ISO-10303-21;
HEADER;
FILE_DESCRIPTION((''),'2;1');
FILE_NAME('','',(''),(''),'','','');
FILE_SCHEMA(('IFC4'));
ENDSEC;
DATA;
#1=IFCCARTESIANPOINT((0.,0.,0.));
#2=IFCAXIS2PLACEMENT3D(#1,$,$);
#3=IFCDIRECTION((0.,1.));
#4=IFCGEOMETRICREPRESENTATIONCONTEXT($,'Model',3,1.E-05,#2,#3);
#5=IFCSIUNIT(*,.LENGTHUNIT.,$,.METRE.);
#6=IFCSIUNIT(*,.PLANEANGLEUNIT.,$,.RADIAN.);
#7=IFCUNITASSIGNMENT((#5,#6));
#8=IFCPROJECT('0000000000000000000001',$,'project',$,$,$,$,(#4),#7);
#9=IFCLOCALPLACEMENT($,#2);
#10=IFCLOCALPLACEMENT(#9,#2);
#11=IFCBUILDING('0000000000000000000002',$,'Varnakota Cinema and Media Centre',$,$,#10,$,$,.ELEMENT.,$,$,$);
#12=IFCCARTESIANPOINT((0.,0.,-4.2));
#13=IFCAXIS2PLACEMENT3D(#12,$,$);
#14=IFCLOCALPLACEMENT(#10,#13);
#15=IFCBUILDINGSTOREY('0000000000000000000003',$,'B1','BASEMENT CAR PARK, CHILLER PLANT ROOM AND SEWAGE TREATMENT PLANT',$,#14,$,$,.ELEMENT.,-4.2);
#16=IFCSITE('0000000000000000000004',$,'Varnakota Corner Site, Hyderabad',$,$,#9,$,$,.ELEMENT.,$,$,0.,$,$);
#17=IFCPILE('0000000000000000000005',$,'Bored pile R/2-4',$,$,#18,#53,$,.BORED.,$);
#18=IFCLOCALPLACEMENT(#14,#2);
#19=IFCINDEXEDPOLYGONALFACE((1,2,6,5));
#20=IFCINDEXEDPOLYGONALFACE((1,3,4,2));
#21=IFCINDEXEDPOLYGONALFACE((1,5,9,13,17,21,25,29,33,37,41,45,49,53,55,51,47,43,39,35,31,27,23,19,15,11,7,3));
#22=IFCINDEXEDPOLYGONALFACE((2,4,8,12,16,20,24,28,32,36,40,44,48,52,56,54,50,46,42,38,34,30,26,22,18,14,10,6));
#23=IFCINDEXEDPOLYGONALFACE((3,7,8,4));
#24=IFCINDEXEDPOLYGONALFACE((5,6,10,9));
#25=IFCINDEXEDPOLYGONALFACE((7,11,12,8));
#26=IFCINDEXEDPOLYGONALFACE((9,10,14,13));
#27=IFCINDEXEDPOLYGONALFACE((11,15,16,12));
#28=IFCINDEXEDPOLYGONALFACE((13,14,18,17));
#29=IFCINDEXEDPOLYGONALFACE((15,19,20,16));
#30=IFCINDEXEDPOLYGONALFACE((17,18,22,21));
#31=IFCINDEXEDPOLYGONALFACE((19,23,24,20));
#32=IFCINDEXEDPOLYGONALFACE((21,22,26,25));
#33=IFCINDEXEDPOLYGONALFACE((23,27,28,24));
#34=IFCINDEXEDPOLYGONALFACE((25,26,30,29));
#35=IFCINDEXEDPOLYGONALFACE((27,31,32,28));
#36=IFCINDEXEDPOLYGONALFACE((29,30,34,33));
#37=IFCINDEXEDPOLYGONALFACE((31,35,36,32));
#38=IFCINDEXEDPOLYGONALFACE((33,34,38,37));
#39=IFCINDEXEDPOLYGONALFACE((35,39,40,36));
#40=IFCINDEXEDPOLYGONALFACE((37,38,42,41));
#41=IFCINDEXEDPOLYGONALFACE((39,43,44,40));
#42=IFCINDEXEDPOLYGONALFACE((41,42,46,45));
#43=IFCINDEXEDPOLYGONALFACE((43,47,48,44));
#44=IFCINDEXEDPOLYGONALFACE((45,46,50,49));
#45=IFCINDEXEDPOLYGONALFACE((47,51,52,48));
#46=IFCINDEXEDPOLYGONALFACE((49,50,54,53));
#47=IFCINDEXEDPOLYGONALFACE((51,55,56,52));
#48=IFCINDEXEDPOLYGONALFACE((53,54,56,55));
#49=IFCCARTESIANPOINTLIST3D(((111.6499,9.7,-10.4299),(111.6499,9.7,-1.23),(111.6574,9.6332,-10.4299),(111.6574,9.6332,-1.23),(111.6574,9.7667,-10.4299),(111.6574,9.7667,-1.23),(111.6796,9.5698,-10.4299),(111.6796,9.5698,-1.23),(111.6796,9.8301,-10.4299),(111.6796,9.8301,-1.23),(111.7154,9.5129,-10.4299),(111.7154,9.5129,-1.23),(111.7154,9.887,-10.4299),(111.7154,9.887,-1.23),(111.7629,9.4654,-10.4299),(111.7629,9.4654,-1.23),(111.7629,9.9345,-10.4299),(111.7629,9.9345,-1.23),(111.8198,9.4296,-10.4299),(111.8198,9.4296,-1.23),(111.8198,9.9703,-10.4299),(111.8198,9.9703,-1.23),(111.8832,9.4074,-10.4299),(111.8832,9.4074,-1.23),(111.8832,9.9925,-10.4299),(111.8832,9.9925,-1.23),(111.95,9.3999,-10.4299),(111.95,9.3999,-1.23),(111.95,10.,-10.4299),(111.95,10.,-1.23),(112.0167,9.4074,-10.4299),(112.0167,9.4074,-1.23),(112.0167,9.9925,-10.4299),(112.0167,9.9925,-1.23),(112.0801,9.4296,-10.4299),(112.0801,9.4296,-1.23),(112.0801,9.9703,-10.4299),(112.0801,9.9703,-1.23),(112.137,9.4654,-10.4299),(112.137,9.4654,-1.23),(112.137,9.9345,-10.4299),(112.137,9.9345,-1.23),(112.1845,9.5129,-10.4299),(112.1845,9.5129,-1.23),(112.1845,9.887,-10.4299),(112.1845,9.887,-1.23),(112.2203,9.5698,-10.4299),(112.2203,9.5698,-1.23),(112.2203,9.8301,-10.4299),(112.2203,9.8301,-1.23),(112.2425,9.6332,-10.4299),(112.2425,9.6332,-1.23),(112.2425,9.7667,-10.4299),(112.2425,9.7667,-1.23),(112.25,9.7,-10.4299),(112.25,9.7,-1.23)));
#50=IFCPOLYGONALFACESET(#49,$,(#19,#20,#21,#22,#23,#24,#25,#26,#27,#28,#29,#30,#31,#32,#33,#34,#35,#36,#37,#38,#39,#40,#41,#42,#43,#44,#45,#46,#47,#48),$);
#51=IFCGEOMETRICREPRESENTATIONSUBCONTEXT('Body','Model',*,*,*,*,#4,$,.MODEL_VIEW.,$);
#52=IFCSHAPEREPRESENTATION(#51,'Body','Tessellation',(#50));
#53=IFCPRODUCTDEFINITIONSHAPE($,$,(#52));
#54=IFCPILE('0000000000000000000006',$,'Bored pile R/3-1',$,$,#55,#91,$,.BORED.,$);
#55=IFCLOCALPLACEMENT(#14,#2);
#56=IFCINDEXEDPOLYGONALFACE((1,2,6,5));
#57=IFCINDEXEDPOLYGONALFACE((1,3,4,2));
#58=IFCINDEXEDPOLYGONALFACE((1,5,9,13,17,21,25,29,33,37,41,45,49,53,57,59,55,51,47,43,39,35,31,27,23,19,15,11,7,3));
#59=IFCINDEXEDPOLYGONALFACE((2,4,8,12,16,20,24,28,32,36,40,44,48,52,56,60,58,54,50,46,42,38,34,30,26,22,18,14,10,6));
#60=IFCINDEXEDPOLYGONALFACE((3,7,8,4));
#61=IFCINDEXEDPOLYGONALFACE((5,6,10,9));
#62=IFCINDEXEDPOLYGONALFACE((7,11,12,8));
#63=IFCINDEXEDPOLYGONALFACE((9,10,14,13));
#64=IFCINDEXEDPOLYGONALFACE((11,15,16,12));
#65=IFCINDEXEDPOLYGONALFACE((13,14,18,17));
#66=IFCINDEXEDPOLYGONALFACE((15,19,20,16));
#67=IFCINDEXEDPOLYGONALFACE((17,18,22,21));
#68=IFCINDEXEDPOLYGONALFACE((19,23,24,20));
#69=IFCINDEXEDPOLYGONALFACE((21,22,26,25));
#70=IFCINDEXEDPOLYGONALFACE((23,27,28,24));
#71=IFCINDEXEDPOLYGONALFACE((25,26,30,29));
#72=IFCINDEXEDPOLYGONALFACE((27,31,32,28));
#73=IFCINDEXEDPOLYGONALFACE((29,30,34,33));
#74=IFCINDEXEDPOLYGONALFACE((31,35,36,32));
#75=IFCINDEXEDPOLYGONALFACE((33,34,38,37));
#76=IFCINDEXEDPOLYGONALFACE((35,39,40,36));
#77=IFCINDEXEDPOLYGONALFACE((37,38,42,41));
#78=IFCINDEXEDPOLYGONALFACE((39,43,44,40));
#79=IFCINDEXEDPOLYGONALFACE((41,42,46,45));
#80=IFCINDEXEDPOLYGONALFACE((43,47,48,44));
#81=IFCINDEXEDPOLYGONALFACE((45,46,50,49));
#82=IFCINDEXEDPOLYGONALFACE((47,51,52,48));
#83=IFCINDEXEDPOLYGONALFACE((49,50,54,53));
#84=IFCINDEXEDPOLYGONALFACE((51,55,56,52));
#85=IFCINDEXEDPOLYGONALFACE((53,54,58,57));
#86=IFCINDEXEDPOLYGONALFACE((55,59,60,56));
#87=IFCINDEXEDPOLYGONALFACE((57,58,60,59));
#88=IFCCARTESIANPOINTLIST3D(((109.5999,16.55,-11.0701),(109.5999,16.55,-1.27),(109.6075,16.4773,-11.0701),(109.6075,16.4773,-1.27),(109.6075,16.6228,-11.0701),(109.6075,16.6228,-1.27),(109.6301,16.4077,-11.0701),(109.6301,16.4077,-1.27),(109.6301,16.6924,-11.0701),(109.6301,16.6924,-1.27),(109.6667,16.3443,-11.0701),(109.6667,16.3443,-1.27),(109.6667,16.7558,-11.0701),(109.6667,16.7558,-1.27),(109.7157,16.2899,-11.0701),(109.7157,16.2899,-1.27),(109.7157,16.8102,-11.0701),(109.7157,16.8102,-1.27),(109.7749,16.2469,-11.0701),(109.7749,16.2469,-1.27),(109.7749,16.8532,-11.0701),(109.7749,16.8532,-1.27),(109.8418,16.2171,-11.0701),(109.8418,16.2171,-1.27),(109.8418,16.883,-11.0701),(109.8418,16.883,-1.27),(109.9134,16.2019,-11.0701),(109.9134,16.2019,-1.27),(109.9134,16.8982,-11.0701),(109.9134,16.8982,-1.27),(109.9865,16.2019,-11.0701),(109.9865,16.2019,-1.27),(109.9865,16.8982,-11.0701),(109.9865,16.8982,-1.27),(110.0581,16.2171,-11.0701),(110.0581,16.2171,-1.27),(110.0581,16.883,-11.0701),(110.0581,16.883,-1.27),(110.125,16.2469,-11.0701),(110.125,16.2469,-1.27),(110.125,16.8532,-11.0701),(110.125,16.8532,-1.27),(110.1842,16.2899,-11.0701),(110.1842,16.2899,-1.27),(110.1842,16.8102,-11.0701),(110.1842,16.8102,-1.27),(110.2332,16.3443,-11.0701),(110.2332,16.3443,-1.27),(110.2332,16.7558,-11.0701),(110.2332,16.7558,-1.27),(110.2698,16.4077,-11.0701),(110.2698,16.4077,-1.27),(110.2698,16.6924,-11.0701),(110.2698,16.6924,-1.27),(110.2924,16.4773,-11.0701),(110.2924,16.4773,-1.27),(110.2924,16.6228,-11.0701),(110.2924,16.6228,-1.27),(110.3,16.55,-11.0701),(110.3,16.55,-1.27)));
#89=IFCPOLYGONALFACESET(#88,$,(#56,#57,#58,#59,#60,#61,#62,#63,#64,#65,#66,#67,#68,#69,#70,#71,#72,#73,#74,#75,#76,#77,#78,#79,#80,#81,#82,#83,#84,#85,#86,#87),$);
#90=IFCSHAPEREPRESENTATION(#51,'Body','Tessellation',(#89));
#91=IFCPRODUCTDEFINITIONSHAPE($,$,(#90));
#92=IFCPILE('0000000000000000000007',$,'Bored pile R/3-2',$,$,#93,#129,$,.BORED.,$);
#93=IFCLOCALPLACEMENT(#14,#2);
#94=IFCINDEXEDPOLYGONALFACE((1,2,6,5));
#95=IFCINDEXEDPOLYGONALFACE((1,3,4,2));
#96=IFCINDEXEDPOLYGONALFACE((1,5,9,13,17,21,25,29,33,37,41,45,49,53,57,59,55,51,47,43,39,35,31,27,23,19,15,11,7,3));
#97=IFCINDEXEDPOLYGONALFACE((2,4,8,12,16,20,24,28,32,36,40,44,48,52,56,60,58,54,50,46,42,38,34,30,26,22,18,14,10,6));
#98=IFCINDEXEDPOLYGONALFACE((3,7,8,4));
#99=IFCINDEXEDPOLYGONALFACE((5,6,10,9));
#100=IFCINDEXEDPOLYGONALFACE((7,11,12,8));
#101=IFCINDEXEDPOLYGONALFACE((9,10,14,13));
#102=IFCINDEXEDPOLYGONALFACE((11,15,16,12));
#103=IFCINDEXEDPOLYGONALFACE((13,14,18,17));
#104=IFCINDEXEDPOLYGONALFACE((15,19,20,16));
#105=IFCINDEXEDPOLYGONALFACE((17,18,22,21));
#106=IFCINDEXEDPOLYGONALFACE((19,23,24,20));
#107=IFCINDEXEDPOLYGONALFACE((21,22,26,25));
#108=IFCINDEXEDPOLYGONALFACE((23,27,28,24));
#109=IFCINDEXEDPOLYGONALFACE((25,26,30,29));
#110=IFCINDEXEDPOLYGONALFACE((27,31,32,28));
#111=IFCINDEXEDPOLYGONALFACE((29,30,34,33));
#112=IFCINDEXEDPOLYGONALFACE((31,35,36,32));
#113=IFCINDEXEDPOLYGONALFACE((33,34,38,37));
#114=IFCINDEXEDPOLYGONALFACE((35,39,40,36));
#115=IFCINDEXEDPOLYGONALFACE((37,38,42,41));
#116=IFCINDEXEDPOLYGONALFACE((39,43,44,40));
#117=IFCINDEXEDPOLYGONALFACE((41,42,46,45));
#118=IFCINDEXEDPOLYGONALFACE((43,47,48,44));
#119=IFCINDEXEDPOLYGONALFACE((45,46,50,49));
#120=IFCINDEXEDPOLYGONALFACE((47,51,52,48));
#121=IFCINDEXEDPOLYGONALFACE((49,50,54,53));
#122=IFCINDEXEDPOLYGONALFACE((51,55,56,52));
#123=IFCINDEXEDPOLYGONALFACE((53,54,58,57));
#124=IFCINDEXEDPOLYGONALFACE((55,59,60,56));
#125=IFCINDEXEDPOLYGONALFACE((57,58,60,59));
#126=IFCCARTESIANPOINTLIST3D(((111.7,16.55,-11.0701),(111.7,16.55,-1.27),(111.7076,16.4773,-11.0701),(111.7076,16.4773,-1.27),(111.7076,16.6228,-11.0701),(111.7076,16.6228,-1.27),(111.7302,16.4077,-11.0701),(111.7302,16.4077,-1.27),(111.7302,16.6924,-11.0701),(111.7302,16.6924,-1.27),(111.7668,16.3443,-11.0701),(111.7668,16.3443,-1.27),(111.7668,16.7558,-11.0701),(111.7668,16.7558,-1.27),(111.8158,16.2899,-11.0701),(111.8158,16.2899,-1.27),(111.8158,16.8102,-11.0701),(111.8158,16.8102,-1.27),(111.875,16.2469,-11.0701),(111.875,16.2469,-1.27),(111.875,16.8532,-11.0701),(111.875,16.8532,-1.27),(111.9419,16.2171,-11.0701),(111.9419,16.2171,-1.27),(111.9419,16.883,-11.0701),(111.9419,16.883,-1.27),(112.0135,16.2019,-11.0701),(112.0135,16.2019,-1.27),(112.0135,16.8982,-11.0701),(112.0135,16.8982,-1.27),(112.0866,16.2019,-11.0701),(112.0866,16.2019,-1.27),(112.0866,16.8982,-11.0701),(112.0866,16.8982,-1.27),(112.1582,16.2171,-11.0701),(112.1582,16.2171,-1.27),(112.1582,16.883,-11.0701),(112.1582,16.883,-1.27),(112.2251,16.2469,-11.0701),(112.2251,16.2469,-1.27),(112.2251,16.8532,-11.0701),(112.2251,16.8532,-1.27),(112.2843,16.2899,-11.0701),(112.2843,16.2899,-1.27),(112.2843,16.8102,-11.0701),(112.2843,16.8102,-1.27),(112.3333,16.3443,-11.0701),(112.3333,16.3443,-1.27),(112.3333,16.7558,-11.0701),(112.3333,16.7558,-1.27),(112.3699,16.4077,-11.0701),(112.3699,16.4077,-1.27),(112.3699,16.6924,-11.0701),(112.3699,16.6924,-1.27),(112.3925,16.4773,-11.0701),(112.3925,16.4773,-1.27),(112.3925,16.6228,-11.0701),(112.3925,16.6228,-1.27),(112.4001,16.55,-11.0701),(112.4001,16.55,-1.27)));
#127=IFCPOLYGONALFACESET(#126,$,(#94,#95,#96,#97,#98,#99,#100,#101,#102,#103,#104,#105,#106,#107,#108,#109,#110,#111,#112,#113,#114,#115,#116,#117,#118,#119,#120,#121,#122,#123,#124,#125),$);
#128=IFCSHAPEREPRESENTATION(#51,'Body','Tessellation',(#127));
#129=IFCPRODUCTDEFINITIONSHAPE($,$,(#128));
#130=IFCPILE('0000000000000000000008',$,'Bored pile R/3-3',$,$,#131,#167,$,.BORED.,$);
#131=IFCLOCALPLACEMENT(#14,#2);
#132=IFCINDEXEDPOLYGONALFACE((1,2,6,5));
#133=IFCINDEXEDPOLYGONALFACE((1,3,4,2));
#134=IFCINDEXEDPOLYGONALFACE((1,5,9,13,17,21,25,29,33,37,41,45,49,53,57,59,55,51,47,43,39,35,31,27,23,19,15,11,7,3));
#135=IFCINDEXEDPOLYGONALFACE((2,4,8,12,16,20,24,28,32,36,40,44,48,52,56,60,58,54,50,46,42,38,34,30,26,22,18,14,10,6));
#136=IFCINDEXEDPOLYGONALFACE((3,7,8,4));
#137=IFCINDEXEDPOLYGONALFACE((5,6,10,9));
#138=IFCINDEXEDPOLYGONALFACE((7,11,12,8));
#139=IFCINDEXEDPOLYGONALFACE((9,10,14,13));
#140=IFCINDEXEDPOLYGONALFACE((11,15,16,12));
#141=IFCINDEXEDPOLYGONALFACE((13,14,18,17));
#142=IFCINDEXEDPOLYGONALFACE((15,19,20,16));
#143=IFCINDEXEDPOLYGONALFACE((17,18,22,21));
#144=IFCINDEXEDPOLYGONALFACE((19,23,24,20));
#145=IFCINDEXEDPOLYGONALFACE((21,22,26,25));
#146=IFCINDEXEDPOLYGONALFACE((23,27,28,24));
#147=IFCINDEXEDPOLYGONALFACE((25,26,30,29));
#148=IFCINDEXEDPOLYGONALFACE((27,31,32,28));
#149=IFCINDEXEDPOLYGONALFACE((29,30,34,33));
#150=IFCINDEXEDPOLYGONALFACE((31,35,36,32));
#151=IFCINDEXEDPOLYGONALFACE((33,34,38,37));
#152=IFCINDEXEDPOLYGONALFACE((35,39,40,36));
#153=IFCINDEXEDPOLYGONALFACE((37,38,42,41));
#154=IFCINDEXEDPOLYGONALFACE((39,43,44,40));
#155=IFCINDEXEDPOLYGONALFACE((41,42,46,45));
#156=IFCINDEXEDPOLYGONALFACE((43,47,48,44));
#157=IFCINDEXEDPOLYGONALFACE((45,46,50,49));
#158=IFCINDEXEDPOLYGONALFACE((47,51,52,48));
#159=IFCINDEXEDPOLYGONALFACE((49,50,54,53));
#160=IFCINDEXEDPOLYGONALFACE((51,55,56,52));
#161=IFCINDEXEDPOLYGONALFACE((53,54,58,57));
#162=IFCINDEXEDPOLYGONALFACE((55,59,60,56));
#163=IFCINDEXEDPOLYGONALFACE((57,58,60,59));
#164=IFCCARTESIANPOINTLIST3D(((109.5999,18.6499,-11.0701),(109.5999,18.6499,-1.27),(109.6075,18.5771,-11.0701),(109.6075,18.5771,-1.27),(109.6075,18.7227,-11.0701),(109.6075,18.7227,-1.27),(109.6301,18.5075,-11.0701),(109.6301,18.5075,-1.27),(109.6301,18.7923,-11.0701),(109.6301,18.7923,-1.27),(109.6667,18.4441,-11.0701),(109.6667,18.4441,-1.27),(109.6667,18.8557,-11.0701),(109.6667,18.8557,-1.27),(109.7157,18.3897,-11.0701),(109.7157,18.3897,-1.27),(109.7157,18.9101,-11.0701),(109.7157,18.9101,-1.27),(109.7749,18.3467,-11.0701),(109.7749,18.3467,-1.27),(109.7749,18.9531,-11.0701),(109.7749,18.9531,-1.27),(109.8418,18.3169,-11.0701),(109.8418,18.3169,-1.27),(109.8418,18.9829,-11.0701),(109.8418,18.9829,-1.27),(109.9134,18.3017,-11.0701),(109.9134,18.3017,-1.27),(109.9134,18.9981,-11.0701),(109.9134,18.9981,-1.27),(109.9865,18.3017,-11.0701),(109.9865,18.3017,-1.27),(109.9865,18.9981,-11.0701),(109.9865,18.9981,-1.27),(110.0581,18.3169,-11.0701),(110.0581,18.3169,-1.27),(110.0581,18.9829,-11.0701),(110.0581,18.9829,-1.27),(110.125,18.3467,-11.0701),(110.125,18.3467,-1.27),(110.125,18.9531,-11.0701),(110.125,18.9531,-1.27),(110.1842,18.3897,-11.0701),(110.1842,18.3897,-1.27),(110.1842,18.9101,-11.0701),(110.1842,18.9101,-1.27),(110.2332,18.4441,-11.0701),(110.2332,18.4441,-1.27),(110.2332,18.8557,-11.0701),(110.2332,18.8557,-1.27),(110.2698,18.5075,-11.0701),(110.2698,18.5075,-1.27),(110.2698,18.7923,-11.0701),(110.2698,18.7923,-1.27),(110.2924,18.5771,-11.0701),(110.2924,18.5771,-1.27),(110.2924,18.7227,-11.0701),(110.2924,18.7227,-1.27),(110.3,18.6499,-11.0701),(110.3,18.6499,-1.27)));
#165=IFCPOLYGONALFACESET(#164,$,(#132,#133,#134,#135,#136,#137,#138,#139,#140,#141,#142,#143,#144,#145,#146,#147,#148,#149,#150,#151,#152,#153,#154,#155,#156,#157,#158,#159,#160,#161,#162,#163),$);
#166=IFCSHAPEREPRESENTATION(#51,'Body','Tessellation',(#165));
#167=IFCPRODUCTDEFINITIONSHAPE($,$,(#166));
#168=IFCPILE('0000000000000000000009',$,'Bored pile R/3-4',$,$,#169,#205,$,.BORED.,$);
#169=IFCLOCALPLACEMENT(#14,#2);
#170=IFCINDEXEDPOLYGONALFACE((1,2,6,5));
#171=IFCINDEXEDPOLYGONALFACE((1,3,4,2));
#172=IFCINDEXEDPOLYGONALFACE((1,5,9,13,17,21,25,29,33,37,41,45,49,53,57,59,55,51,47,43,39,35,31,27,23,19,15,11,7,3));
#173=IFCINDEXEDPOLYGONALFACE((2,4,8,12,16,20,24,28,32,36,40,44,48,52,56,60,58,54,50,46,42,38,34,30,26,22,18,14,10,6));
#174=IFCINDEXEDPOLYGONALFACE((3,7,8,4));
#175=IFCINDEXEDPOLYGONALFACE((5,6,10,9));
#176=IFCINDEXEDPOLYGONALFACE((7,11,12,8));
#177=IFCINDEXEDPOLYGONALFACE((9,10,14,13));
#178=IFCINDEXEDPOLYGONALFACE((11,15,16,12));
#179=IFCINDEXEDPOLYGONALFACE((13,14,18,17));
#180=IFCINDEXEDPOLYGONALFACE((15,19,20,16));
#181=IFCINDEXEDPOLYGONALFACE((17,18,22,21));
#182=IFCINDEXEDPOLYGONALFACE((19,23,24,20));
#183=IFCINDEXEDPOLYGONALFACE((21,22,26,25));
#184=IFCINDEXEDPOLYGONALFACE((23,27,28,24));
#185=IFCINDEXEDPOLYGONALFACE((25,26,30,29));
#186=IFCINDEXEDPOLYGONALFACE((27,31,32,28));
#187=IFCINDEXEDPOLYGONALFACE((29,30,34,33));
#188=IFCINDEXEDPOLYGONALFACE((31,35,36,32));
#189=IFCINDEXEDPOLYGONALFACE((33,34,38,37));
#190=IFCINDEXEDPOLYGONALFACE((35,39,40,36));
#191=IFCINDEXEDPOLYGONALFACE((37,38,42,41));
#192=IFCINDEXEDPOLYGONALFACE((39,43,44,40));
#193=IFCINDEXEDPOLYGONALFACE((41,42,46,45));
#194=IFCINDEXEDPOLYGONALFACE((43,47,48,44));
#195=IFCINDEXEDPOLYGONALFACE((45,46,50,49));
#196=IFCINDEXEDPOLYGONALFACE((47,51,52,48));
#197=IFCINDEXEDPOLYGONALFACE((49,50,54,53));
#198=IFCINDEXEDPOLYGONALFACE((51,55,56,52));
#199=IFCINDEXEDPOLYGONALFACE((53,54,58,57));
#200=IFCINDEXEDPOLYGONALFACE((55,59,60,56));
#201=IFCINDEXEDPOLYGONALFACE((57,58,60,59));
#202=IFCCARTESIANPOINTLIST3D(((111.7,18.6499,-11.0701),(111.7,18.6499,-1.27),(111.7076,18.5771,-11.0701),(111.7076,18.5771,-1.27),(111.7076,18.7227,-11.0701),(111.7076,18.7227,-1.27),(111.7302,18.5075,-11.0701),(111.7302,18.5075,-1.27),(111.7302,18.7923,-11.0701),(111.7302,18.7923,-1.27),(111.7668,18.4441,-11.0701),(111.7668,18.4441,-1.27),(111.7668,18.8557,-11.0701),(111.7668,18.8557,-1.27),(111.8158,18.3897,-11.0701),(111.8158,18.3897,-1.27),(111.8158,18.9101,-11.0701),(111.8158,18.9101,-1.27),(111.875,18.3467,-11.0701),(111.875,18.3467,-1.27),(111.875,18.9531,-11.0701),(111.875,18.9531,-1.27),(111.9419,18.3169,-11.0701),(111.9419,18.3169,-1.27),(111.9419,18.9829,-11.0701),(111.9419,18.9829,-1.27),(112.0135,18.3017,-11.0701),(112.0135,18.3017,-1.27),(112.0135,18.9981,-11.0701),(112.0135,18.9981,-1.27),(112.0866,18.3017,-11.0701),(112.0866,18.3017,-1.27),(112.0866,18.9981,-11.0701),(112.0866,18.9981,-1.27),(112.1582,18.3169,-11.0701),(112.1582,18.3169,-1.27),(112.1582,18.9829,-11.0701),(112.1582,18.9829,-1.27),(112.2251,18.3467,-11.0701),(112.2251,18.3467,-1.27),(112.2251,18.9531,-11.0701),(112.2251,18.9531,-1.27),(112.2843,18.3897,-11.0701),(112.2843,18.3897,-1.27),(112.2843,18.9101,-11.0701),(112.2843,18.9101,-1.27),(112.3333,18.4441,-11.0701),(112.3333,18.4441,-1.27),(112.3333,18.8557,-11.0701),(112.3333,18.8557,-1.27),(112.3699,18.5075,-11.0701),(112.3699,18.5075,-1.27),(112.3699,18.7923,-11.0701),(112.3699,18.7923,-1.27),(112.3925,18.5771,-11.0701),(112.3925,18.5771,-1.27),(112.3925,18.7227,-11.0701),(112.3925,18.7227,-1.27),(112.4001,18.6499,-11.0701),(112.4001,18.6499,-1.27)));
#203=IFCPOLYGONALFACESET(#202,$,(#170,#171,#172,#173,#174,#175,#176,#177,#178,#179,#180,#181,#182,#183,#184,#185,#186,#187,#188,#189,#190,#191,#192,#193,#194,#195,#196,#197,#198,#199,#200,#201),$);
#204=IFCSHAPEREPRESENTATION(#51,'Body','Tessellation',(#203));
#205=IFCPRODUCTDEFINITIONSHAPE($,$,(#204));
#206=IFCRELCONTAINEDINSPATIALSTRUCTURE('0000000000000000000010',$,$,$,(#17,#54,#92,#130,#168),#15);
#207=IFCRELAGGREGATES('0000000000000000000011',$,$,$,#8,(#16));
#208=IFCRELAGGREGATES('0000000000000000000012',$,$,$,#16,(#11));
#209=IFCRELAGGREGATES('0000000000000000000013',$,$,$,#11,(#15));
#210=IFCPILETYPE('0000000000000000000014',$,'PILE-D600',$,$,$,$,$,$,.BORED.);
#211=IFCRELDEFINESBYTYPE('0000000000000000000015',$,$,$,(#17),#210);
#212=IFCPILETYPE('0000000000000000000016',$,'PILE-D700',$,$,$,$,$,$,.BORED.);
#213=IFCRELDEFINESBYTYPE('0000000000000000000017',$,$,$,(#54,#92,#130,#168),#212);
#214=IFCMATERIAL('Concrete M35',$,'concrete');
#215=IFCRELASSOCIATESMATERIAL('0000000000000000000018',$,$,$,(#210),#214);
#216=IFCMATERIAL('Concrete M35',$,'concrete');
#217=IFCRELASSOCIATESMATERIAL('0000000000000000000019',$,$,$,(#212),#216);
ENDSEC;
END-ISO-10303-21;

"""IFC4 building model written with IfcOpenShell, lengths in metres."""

from ifc_helpers import new_model, si_unit, direction, frame, origin, origin_2d, place, context, subcontext, project, spatial, circle, extrude, material, material_profile, profile_set, type_object, element, save


model = new_model("IFC4")

# Units and contexts
model_context = context("Model", 3, precision=1e-05, world=origin(), true_north=direction((0.0, 1.0)))
body_context = subcontext(model_context, "Body", "Model", "MODEL_VIEW")
ifc_project = project(units=[si_unit("LENGTHUNIT", "METRE"), si_unit("PLANEANGLEUNIT", "RADIAN")], contexts=[model_context])

# Site, building, storey
site_placement = place(None, origin())
site = spatial("IfcSite", under=ifc_project, at=site_placement, Name="Varnakota Corner Site, Hyderabad", CompositionType="ELEMENT", RefElevation=0.0)
building_placement = place(site_placement, origin())
building = spatial("IfcBuilding", under=site, at=building_placement, Name="Varnakota Cinema and Media Centre", CompositionType="ELEMENT")
storey_placement = place(building_placement, frame((0.0, 0.0, -4.2)))
storey = spatial("IfcBuildingStorey", under=building, at=storey_placement, Name="B1", Description="BASEMENT CAR PARK, CHILLER PLANT ROOM AND SEWAGE TREATMENT PLANT", CompositionType="ELEMENT", Elevation=-4.2)

# Piles
ifc_material_1 = material(Name="Concrete M35", Category="concrete")
ifc_material_profile_1 = material_profile(ifc_material_1, circle(Radius=0.3, at=origin_2d()), Name="PILE D600")
ifc_profile_set_1 = profile_set([ifc_material_profile_1], Name="Concrete M35")
pile_type_1 = type_object("IfcPileType", Name="PILE-D600", PredefinedType="BORED", material=ifc_profile_set_1)
for number, where, z_axis, x_axis, name in (
    (1, (111.95, 9.7, -1.23), (0.0, 0.0, -1.0), (1.0, 0.0, 0.0), "Bored pile R/2-4"),
):
    element("IfcPile", number, at=place(storey_placement, frame(where, z_axis=z_axis, x_axis=x_axis)), inside=storey, type_object=pile_type_1, Name=name, PredefinedType="BORED", context=body_context, shape_type="SweptSolid", body=[
        extrude(circle(Radius=0.3, at=origin_2d()), origin(), (0.0, 0.0, 1.0), 9.2),
    ])
ifc_material_2 = material(Name="Concrete M35", Category="concrete")
ifc_material_profile_2 = material_profile(ifc_material_2, circle(Radius=0.3501, at=origin_2d()), Name="PILE D700")
ifc_profile_set_2 = profile_set([ifc_material_profile_2], Name="Concrete M35")
pile_type_2 = type_object("IfcPileType", Name="PILE-D700", PredefinedType="BORED", material=ifc_profile_set_2)
for number, where, z_axis, x_axis, name in (
    (2, (109.95, 16.55, -1.27), (0.0, 0.0, -1.0), (1.0, 0.0, 0.0), "Bored pile R/3-1"),
    (3, (112.05, 16.55, -1.27), (0.0, 0.0, -1.0), (1.0, 0.0, 0.0), "Bored pile R/3-2"),
    (4, (109.95, 18.6499, -1.27), (0.0, 0.0, -1.0), (1.0, 0.0, 0.0), "Bored pile R/3-3"),
    (5, (112.05, 18.6499, -1.27), (0.0, 0.0, -1.0), (1.0, 0.0, 0.0), "Bored pile R/3-4"),
):
    element("IfcPile", number, at=place(storey_placement, frame(where, z_axis=z_axis, x_axis=x_axis)), inside=storey, type_object=pile_type_2, Name=name, PredefinedType="BORED", context=body_context, shape_type="SweptSolid", body=[
        extrude(circle(Radius=0.3501, at=origin_2d()), origin(), (0.0, 0.0, 1.0), 9.8),
    ])

save(model, "model.ifc")
